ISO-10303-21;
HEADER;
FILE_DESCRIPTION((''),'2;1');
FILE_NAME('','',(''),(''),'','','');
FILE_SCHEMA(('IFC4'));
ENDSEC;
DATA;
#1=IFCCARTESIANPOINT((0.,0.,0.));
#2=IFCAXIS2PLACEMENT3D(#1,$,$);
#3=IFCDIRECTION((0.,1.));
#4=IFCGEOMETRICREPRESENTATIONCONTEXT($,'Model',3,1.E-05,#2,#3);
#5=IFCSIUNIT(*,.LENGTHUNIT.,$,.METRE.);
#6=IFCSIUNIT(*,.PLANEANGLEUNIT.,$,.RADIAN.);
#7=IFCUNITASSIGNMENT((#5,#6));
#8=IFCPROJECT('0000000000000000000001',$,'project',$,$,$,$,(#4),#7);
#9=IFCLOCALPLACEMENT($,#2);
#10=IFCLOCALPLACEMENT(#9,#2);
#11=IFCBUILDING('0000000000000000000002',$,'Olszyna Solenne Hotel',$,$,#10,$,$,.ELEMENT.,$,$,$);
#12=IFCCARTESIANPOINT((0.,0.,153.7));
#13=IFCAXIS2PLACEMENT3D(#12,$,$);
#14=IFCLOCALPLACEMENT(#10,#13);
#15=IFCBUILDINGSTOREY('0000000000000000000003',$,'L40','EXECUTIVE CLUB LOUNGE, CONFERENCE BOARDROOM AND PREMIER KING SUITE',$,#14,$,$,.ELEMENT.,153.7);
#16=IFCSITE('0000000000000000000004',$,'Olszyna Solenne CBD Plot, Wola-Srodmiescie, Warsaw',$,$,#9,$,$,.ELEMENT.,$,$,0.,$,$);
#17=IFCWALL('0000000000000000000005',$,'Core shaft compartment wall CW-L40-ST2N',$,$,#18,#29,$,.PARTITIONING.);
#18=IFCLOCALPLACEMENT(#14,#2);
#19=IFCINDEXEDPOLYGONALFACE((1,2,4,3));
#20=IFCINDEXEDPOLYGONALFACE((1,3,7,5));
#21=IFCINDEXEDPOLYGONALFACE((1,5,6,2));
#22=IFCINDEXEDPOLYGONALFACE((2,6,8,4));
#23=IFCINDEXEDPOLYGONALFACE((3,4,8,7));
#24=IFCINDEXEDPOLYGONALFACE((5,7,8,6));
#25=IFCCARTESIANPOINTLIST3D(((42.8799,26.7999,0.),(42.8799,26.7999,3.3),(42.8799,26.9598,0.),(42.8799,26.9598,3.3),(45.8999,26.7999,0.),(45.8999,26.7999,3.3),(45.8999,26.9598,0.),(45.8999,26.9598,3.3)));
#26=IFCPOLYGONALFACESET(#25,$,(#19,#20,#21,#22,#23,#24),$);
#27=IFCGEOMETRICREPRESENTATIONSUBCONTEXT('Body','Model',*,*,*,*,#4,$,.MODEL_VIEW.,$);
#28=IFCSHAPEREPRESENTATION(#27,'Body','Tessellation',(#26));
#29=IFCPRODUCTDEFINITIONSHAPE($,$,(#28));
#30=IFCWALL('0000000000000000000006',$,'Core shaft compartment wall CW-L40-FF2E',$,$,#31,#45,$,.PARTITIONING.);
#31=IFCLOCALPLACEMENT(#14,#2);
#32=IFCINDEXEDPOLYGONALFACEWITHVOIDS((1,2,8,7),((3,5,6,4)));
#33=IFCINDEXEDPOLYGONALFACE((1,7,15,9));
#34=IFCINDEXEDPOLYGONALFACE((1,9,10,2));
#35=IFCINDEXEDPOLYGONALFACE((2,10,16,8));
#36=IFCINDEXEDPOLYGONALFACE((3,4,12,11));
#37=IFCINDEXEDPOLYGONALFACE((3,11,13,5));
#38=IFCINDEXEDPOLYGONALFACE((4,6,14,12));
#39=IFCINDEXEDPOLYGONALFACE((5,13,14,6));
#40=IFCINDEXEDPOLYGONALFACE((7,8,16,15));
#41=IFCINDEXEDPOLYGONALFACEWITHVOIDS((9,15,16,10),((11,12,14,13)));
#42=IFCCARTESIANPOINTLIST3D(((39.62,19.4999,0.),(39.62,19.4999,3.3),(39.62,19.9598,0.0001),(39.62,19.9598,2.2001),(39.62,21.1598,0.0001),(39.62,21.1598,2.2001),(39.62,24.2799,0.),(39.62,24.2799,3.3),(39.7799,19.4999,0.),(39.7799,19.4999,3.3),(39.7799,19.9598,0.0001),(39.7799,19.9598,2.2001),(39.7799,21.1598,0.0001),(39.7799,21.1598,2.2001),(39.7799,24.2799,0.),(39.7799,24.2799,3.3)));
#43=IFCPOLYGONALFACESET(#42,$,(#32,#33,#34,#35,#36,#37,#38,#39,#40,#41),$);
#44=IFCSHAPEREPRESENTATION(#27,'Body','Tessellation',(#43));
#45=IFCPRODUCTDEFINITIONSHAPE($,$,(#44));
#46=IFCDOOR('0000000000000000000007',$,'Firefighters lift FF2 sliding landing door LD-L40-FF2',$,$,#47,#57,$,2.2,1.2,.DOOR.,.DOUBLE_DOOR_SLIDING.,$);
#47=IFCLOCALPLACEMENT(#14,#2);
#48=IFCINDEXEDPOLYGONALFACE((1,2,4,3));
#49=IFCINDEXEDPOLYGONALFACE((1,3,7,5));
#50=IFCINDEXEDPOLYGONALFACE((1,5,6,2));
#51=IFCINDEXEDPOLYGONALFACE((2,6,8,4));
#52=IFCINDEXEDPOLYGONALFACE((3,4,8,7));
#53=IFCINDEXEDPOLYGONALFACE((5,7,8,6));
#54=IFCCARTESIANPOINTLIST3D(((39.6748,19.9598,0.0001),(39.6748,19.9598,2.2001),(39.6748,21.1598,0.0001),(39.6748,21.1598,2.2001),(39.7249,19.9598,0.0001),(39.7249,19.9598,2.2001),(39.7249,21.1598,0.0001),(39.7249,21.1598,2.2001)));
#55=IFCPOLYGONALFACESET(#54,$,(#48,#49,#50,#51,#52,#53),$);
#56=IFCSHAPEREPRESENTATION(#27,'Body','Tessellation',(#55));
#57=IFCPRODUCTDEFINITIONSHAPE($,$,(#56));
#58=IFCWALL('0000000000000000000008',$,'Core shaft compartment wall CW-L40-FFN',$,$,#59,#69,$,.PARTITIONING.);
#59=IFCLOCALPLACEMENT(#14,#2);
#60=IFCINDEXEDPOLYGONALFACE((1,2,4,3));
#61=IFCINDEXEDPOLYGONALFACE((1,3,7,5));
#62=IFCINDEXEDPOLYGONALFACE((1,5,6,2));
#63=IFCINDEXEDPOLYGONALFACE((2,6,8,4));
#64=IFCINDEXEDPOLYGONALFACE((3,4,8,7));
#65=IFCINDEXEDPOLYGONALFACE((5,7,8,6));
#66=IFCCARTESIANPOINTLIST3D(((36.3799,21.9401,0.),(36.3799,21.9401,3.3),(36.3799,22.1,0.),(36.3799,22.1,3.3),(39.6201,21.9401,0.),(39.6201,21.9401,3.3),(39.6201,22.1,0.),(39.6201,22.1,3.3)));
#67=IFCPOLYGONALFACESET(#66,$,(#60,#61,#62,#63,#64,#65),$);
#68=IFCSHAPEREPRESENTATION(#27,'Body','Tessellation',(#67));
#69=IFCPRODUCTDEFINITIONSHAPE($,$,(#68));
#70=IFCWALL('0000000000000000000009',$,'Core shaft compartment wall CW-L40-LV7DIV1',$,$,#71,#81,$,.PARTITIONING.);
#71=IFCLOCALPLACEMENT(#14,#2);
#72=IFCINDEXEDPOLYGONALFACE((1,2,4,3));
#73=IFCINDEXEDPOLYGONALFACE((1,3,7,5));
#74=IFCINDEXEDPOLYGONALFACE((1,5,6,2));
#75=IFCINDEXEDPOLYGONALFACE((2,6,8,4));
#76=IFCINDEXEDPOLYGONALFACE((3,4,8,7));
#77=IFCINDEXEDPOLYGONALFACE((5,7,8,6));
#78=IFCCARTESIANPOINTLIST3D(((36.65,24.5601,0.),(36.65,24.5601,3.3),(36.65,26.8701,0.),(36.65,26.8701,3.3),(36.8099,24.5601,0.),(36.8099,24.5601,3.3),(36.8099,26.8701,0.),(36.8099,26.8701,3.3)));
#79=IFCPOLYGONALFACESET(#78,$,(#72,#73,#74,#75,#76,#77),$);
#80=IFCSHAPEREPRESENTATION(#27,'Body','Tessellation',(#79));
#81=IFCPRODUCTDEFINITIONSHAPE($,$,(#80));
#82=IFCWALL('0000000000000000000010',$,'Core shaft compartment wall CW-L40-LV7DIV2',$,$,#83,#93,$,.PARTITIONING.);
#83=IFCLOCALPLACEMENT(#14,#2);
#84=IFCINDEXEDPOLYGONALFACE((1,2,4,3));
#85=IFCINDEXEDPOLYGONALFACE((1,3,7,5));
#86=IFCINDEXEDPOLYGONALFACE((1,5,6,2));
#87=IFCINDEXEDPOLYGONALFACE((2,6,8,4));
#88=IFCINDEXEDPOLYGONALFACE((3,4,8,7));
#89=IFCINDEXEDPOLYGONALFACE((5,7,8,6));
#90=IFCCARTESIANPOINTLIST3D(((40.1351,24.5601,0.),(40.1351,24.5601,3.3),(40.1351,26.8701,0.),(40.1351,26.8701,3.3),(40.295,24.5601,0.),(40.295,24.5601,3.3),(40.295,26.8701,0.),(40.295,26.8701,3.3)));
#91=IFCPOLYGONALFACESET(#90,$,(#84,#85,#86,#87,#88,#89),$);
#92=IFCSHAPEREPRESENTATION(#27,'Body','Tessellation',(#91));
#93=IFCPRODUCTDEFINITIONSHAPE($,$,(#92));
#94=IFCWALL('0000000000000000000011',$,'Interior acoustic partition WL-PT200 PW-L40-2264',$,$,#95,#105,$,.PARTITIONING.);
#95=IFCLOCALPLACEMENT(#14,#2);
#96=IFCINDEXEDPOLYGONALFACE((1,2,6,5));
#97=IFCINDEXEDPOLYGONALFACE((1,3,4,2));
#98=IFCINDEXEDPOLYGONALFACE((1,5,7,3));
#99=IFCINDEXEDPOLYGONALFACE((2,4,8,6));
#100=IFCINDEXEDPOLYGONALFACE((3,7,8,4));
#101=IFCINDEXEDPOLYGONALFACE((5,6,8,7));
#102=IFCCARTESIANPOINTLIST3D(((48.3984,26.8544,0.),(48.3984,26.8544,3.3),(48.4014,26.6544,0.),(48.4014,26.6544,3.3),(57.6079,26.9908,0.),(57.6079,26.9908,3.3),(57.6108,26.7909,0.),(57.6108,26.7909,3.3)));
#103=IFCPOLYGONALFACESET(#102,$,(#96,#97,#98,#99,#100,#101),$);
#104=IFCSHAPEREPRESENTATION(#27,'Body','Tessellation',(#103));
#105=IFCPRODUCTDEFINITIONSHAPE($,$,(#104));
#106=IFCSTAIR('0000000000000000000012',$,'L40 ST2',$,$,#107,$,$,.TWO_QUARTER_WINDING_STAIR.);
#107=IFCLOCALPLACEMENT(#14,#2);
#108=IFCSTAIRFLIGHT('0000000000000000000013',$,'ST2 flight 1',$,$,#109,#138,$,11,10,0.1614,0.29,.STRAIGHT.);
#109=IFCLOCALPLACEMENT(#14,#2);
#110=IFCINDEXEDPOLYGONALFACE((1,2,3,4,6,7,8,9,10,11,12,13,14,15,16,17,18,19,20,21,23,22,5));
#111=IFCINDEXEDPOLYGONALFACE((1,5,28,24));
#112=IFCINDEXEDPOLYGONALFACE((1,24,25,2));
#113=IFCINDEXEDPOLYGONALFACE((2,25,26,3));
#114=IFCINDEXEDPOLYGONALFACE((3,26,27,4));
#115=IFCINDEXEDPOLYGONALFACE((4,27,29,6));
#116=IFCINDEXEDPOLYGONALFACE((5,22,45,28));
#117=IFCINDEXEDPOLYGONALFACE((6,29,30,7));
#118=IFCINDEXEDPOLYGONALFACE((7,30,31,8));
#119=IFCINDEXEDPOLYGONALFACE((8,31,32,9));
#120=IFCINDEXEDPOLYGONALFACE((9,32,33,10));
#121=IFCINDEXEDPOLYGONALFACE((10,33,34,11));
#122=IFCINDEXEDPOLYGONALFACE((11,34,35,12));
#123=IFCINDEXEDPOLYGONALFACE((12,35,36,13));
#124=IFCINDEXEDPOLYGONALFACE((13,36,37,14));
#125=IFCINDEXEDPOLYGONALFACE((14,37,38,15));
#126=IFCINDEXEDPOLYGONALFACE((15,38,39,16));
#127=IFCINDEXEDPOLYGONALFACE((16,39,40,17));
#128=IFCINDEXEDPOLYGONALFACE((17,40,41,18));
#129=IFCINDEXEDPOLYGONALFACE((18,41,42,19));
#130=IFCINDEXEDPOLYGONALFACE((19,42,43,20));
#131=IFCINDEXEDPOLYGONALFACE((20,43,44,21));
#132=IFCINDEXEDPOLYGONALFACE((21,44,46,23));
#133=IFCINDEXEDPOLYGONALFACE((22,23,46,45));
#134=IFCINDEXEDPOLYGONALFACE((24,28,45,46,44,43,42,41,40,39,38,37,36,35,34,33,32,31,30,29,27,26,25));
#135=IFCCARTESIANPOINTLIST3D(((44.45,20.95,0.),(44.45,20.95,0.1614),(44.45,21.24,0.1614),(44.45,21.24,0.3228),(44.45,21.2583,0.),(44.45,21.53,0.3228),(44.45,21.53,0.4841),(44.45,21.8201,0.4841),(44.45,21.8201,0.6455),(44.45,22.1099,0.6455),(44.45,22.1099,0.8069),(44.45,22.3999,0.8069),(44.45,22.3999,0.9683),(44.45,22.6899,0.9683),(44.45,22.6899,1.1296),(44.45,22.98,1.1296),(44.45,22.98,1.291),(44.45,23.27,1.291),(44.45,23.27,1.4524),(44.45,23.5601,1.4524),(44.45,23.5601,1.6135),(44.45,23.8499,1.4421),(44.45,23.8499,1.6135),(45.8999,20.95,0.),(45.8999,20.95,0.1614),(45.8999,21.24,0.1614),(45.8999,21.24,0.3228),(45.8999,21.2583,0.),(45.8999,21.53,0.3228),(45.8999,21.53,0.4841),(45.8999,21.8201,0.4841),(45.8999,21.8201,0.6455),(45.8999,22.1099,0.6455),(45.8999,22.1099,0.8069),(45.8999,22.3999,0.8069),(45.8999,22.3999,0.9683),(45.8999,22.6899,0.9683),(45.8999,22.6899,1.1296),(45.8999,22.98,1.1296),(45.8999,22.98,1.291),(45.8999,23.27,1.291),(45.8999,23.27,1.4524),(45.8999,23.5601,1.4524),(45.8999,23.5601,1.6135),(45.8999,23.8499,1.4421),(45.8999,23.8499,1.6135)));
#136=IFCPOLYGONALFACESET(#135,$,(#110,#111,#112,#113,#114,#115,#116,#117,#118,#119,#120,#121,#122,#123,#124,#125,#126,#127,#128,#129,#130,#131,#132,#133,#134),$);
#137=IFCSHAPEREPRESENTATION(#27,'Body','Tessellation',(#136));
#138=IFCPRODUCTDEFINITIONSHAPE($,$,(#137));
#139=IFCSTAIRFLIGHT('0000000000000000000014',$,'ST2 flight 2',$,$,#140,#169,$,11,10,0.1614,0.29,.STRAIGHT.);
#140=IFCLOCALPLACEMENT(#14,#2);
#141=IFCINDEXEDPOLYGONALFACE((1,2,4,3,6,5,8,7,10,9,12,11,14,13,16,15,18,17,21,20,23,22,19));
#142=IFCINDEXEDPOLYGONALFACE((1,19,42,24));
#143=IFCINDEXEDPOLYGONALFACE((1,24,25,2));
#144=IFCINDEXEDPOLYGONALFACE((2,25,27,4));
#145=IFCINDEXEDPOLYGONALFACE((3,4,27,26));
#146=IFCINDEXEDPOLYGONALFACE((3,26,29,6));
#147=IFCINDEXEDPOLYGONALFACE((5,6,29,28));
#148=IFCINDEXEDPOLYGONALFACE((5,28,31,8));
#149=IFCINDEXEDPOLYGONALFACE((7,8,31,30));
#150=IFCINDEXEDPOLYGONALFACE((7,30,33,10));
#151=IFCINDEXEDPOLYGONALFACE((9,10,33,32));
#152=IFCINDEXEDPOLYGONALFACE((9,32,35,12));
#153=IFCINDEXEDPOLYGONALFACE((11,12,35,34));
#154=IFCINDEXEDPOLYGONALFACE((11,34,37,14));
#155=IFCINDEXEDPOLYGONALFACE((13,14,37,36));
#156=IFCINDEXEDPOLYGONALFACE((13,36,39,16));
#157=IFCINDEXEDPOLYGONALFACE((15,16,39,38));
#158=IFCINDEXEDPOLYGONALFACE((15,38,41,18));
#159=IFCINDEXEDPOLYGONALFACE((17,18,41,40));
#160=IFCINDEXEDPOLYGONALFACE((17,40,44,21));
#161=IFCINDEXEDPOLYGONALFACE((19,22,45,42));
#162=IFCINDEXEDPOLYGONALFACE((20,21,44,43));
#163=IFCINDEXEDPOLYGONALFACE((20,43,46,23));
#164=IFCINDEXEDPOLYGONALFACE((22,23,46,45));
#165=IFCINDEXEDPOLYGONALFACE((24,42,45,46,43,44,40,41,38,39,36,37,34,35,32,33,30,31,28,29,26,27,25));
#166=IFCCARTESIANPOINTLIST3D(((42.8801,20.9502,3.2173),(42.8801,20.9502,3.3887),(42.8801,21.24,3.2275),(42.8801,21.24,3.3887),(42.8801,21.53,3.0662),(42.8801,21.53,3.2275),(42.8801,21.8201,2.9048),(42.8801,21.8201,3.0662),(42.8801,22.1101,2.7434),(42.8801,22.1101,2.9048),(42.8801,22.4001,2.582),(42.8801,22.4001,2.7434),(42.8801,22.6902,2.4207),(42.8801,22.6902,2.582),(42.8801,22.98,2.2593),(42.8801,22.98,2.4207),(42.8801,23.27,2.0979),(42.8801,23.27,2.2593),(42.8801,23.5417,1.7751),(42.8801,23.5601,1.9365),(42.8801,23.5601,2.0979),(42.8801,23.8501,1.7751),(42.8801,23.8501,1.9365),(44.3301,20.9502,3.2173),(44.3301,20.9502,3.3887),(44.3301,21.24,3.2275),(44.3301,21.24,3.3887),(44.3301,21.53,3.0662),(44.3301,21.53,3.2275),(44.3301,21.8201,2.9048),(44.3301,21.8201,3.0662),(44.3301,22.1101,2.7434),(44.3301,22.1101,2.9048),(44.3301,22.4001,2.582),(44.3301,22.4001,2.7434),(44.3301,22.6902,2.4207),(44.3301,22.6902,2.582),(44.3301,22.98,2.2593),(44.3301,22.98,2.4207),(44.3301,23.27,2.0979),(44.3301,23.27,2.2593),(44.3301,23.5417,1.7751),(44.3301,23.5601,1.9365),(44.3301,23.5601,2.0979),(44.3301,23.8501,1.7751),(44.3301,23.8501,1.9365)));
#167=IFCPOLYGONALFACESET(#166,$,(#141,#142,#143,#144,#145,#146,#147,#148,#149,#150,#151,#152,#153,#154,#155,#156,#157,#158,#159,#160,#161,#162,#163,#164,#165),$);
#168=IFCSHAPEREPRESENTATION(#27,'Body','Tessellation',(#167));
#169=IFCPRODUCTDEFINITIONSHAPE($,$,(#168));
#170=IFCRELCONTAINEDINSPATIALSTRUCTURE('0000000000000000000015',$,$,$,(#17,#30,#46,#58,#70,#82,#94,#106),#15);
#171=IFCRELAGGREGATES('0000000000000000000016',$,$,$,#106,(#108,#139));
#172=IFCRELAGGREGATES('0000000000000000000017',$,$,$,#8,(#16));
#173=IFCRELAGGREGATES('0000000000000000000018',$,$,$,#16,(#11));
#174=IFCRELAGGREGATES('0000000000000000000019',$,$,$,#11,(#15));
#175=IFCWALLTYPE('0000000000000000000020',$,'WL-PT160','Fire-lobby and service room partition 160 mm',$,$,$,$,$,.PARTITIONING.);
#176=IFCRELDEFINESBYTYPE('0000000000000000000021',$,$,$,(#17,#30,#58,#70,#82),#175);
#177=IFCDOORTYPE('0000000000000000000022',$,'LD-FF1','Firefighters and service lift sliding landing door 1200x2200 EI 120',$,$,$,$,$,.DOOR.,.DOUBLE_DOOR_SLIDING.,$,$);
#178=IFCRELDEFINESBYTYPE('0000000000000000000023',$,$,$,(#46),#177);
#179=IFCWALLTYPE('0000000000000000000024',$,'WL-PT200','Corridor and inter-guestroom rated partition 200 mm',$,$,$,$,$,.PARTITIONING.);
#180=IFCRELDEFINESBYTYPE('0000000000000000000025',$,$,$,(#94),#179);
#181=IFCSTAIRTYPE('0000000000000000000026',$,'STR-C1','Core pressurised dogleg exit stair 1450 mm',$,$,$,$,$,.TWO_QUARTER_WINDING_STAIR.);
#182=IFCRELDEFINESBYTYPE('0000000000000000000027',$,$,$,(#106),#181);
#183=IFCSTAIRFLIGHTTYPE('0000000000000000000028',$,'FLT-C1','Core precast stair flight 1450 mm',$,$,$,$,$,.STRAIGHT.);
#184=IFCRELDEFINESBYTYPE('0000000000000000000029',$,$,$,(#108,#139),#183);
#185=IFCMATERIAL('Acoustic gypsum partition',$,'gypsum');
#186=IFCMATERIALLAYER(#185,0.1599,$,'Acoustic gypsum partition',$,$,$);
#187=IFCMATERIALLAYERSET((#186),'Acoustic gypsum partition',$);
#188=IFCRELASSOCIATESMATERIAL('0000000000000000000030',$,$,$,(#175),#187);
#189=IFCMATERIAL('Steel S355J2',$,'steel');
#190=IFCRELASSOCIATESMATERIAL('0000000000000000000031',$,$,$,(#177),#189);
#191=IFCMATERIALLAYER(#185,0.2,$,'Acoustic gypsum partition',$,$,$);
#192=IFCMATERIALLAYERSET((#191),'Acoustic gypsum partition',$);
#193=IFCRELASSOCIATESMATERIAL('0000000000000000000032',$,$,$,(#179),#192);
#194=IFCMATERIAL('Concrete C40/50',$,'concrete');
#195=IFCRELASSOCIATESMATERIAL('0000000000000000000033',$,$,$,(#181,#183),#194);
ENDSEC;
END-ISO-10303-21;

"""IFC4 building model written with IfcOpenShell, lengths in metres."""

from ifc_helpers import new_model, si_unit, direction, frame, frame_2d, origin, place, context, subcontext, project, spatial, polyline, rectangle, outline, extrude, source, transform, mapped, material, layer, layer_set, type_object, type_shapes, element, fill, aggregate, save


model = new_model("IFC4")

# Units and contexts
model_context = context("Model", 3, precision=1e-05, world=origin(), true_north=direction((0.0, 1.0)))
body_context = subcontext(model_context, "Body", "Model", "MODEL_VIEW")
ifc_project = project(units=[si_unit("LENGTHUNIT", "METRE"), si_unit("PLANEANGLEUNIT", "RADIAN")], contexts=[model_context])

# Site, building, storey
site_placement = place(None, origin())
site = spatial("IfcSite", under=ifc_project, at=site_placement, Name="Olszyna Solenne CBD Plot, Wola-Srodmiescie, Warsaw", CompositionType="ELEMENT", RefElevation=0.0)
building_placement = place(site_placement, origin())
building = spatial("IfcBuilding", under=site, at=building_placement, Name="Olszyna Solenne Hotel", CompositionType="ELEMENT")
storey_placement = place(building_placement, frame((0.0, 0.0, 153.7)))
storey = spatial("IfcBuildingStorey", under=building, at=storey_placement, Name="L40", Description="EXECUTIVE CLUB LOUNGE, CONFERENCE BOARDROOM AND PREMIER KING SUITE", CompositionType="ELEMENT", Elevation=153.7)

# Shared definitions
ifc_material_1 = material(Name="Steel S355J2", Category="steel")

# Shared definitions
ifc_material_2 = material(Name="Acoustic gypsum partition", Category="gypsum")

# Wall
ifc_layer_1 = layer(ifc_material_2, 0.1599, Name="Acoustic gypsum partition")
ifc_layer_set_1 = layer_set([ifc_layer_1], Name="Acoustic gypsum partition")
wall_type_1 = type_object("IfcWallType", Name="WL-PT160", Description="Fire-lobby and service room partition 160 mm", PredefinedType="PARTITIONING", material=ifc_layer_set_1)
wall_1_placement = place(storey_placement, frame((42.8799, 26.8799, 0.0), z_axis=(0.0, 0.0, 1.0), x_axis=(1.0, 0.0, 0.0)))
element("IfcWall", 1, at=wall_1_placement, inside=storey, type_object=wall_type_1, Name="Core shaft compartment wall CW-L40-ST2N", PredefinedType="PARTITIONING", context=body_context, shape_type="SweptSolid", body=[
    extrude(rectangle(XDim=3.02, YDim=0.1599, at=frame_2d((1.51, 0.0))), origin(), (0.0, 0.0, 1.0), 3.3),
])

# Wall, opening, door
wall_2_placement = place(storey_placement, frame((39.7, 24.28, 0.0), z_axis=(0.0, 0.0, 1.0), x_axis=(0.0, -1.0, 0.0)))
wall_2 = element("IfcWall", 2, at=wall_2_placement, inside=storey, type_object=wall_type_1, Name="Core shaft compartment wall CW-L40-FF2E", PredefinedType="PARTITIONING", context=body_context, shape_type="SweptSolid", body=[
    extrude(rectangle(XDim=4.78, YDim=0.1599, at=frame_2d((2.3901, 0.0))), origin(), (0.0, 0.0, 1.0), 3.3),
])
opening_1_placement = place(wall_2_placement, frame((3.1201, 0.0, 0.0)))
opening_1 = element("IfcOpeningElement", 3, at=opening_1_placement, cuts=wall_2, PredefinedType="OPENING", context=body_context, shape_type="SweptSolid", body=[
    extrude(rectangle(XDim=1.2, YDim=2.2, at=frame_2d((0.6001, 1.1001))), frame((0.0, 0.0898, 0.0), z_axis=(0.0, -1.0, 0.0), x_axis=(1.0, 0.0, 0.0)), (0.0, 0.0, 1.0), 0.1799),
])
door_type_1 = type_object("IfcDoorType", Name="LD-FF1", Description="Firefighters and service lift sliding landing door 1200x2200 EI 120", OperationType="DOUBLE_DOOR_SLIDING", PredefinedType="DOOR", material=ifc_material_1)
shared_shape_1 = source(origin(), body_context, "Body", "SweptSolid", [
    extrude(rectangle(XDim=1.2, YDim=2.2, at=frame_2d((0.6001, 1.1001))), frame((0.0, 0.0249, 0.0), z_axis=(0.0, -1.0, 0.0), x_axis=(1.0, 0.0, 0.0)), (0.0, 0.0, 1.0), 0.05),
])
type_shapes(door_type_1, [shared_shape_1])
door_1_placement = place(opening_1_placement, origin())
door_1 = element("IfcDoor", 4, at=door_1_placement, inside=storey, type_object=door_type_1, Name="Firefighters lift FF2 sliding landing door LD-L40-FF2", OperationType="DOUBLE_DOOR_SLIDING", OverallHeight=2.2, OverallWidth=1.2, PredefinedType="DOOR", context=body_context, shape_type="MappedRepresentation", body=[
    mapped(shared_shape_1, transform((0.0, 0.0, 0.0), x_axis=(1.0, 0.0, 0.0), y_axis=(0.0, 1.0, 0.0), z_axis=(0.0, 0.0, 1.0), scale=1.0)),
])
fill(opening_1, door_1)

# Walls
wall_3_placement = place(storey_placement, frame((36.3799, 22.02, 0.0), z_axis=(0.0, 0.0, 1.0), x_axis=(1.0, 0.0, 0.0)))
element("IfcWall", 5, at=wall_3_placement, inside=storey, type_object=wall_type_1, Name="Core shaft compartment wall CW-L40-FFN", PredefinedType="PARTITIONING", context=body_context, shape_type="SweptSolid", body=[
    extrude(rectangle(XDim=3.2402, YDim=0.1599, at=frame_2d((1.6201, 0.0))), origin(), (0.0, 0.0, 1.0), 3.3),
])
for number, where, z_axis, x_axis, name in (
    (6, (36.73, 24.5601, 0.0), (0.0, 0.0, 1.0), (0.0, 1.0, 0.0), "Core shaft compartment wall CW-L40-LV7DIV1"),
    (7, (40.2151, 24.5601, 0.0), (0.0, 0.0, 1.0), (0.0, 1.0, 0.0), "Core shaft compartment wall CW-L40-LV7DIV2"),
):
    element("IfcWall", number, at=place(storey_placement, frame(where, z_axis=z_axis, x_axis=x_axis)), inside=storey, type_object=wall_type_1, Name=name, PredefinedType="PARTITIONING", context=body_context, shape_type="SweptSolid", body=[
        extrude(rectangle(XDim=2.3101, YDim=0.1599, at=frame_2d((1.155, 0.0))), origin(), (0.0, 0.0, 1.0), 3.3),
    ])
ifc_layer_2 = layer(ifc_material_2, 0.2, Name="Acoustic gypsum partition")
ifc_layer_set_2 = layer_set([ifc_layer_2], Name="Acoustic gypsum partition")
wall_type_2 = type_object("IfcWallType", Name="WL-PT200", Description="Corridor and inter-guestroom rated partition 200 mm", PredefinedType="PARTITIONING", material=ifc_layer_set_2)
wall_4_placement = place(storey_placement, frame((48.3999, 26.7544, 0.0), z_axis=(0.0, 0.0, 1.0), x_axis=(0.99989, 0.014817, 0.0)))
element("IfcWall", 8, at=wall_4_placement, inside=storey, type_object=wall_type_2, Name="Interior acoustic partition WL-PT200 PW-L40-2264", PredefinedType="PARTITIONING", context=body_context, shape_type="SweptSolid", body=[
    extrude(rectangle(XDim=9.2104, YDim=0.2, at=frame_2d((4.6052, 0.0))), origin(), (0.0, 0.0, 1.0), 3.3),
])

# Stair, stair flights
ifc_material_3 = material(Name="Concrete C40/50", Category="concrete")
stair_type = type_object("IfcStairType", Name="STR-C1", Description="Core pressurised dogleg exit stair 1450 mm", PredefinedType="TWO_QUARTER_WINDING_STAIR", material=ifc_material_3)
stair_placement = place(storey_placement, origin())
stair = element("IfcStair", 9, at=stair_placement, inside=storey, type_object=stair_type, Name="L40 ST2", PredefinedType="TWO_QUARTER_WINDING_STAIR")
stair_flight_type = type_object("IfcStairFlightType", Name="FLT-C1", Description="Core precast stair flight 1450 mm", PredefinedType="STRAIGHT", material=ifc_material_3)
stair_flight_1_placement = place(storey_placement, frame((45.175, 20.95, 0.0), z_axis=(0.0, 0.0, 1.0), x_axis=(0.0, 1.0, 0.0)))
stair_flight_1 = element("IfcStairFlight", 10, at=stair_flight_1_placement, type_object=stair_flight_type, Name="ST2 flight 1", NumberOfRisers=11, NumberOfTreads=10, PredefinedType="STRAIGHT", RiserHeight=0.1614, TreadLength=0.29, context=body_context, shape_type="SweptSolid", body=[
    extrude(outline(polyline([(0.0, 0.0), (0.0, 0.1614), (0.29, 0.1614), (0.29, 0.3228), (0.5801, 0.3228), (0.5801, 0.4841), (0.8701, 0.4841), (0.8701, 0.6455), (1.1599, 0.6455), (1.1599, 0.8069), (1.45, 0.8069), (1.45, 0.9683), (1.74, 0.9683), (1.74, 1.1296), (2.03, 1.1296), (2.03, 1.291), (2.3201, 1.291), (2.3201, 1.4524), (2.6101, 1.4524), (2.6101, 1.6135), (2.8999, 1.6135), (2.8999, 1.7749), (2.8999, 1.4421), (0.3083, 0.0), (0.0, 0.0)])), frame((0.0, 0.7251, 0.0), z_axis=(0.0, -1.0, 0.0), x_axis=(1.0, 0.0, 0.0)), (0.0, 0.0, 1.0), 1.45),
])
stair_flight_2_placement = place(storey_placement, frame((43.605, 23.8501, 1.7751), z_axis=(0.0, 0.0, 1.0), x_axis=(0.0, -1.0, 0.0)))
stair_flight_2 = element("IfcStairFlight", 11, at=stair_flight_2_placement, type_object=stair_flight_type, Name="ST2 flight 2", NumberOfRisers=11, NumberOfTreads=10, PredefinedType="STRAIGHT", RiserHeight=0.1614, TreadLength=0.29, context=body_context, shape_type="SweptSolid", body=[
    extrude(outline(polyline([(0.0, 0.0), (0.0, 0.1614), (0.29, 0.1614), (0.29, 0.3228), (0.5801, 0.3228), (0.5801, 0.4841), (0.8701, 0.4841), (0.8701, 0.6455), (1.1599, 0.6455), (1.1599, 0.8069), (1.45, 0.8069), (1.45, 0.9683), (1.74, 0.9683), (1.74, 1.1296), (2.03, 1.1296), (2.03, 1.291), (2.3201, 1.291), (2.3201, 1.4524), (2.6101, 1.4524), (2.6101, 1.6135), (2.8999, 1.6135), (2.8999, 1.7749), (2.8999, 1.4421), (0.3083, 0.0), (0.0, 0.0)])), frame((0.0, 0.7251, 0.0), z_axis=(0.0, -1.0, 0.0), x_axis=(1.0, 0.0, 0.0)), (0.0, 0.0, 1.0), 1.45),
])
aggregate(stair, [stair_flight_1, stair_flight_2])

save(model, "model.ifc")
